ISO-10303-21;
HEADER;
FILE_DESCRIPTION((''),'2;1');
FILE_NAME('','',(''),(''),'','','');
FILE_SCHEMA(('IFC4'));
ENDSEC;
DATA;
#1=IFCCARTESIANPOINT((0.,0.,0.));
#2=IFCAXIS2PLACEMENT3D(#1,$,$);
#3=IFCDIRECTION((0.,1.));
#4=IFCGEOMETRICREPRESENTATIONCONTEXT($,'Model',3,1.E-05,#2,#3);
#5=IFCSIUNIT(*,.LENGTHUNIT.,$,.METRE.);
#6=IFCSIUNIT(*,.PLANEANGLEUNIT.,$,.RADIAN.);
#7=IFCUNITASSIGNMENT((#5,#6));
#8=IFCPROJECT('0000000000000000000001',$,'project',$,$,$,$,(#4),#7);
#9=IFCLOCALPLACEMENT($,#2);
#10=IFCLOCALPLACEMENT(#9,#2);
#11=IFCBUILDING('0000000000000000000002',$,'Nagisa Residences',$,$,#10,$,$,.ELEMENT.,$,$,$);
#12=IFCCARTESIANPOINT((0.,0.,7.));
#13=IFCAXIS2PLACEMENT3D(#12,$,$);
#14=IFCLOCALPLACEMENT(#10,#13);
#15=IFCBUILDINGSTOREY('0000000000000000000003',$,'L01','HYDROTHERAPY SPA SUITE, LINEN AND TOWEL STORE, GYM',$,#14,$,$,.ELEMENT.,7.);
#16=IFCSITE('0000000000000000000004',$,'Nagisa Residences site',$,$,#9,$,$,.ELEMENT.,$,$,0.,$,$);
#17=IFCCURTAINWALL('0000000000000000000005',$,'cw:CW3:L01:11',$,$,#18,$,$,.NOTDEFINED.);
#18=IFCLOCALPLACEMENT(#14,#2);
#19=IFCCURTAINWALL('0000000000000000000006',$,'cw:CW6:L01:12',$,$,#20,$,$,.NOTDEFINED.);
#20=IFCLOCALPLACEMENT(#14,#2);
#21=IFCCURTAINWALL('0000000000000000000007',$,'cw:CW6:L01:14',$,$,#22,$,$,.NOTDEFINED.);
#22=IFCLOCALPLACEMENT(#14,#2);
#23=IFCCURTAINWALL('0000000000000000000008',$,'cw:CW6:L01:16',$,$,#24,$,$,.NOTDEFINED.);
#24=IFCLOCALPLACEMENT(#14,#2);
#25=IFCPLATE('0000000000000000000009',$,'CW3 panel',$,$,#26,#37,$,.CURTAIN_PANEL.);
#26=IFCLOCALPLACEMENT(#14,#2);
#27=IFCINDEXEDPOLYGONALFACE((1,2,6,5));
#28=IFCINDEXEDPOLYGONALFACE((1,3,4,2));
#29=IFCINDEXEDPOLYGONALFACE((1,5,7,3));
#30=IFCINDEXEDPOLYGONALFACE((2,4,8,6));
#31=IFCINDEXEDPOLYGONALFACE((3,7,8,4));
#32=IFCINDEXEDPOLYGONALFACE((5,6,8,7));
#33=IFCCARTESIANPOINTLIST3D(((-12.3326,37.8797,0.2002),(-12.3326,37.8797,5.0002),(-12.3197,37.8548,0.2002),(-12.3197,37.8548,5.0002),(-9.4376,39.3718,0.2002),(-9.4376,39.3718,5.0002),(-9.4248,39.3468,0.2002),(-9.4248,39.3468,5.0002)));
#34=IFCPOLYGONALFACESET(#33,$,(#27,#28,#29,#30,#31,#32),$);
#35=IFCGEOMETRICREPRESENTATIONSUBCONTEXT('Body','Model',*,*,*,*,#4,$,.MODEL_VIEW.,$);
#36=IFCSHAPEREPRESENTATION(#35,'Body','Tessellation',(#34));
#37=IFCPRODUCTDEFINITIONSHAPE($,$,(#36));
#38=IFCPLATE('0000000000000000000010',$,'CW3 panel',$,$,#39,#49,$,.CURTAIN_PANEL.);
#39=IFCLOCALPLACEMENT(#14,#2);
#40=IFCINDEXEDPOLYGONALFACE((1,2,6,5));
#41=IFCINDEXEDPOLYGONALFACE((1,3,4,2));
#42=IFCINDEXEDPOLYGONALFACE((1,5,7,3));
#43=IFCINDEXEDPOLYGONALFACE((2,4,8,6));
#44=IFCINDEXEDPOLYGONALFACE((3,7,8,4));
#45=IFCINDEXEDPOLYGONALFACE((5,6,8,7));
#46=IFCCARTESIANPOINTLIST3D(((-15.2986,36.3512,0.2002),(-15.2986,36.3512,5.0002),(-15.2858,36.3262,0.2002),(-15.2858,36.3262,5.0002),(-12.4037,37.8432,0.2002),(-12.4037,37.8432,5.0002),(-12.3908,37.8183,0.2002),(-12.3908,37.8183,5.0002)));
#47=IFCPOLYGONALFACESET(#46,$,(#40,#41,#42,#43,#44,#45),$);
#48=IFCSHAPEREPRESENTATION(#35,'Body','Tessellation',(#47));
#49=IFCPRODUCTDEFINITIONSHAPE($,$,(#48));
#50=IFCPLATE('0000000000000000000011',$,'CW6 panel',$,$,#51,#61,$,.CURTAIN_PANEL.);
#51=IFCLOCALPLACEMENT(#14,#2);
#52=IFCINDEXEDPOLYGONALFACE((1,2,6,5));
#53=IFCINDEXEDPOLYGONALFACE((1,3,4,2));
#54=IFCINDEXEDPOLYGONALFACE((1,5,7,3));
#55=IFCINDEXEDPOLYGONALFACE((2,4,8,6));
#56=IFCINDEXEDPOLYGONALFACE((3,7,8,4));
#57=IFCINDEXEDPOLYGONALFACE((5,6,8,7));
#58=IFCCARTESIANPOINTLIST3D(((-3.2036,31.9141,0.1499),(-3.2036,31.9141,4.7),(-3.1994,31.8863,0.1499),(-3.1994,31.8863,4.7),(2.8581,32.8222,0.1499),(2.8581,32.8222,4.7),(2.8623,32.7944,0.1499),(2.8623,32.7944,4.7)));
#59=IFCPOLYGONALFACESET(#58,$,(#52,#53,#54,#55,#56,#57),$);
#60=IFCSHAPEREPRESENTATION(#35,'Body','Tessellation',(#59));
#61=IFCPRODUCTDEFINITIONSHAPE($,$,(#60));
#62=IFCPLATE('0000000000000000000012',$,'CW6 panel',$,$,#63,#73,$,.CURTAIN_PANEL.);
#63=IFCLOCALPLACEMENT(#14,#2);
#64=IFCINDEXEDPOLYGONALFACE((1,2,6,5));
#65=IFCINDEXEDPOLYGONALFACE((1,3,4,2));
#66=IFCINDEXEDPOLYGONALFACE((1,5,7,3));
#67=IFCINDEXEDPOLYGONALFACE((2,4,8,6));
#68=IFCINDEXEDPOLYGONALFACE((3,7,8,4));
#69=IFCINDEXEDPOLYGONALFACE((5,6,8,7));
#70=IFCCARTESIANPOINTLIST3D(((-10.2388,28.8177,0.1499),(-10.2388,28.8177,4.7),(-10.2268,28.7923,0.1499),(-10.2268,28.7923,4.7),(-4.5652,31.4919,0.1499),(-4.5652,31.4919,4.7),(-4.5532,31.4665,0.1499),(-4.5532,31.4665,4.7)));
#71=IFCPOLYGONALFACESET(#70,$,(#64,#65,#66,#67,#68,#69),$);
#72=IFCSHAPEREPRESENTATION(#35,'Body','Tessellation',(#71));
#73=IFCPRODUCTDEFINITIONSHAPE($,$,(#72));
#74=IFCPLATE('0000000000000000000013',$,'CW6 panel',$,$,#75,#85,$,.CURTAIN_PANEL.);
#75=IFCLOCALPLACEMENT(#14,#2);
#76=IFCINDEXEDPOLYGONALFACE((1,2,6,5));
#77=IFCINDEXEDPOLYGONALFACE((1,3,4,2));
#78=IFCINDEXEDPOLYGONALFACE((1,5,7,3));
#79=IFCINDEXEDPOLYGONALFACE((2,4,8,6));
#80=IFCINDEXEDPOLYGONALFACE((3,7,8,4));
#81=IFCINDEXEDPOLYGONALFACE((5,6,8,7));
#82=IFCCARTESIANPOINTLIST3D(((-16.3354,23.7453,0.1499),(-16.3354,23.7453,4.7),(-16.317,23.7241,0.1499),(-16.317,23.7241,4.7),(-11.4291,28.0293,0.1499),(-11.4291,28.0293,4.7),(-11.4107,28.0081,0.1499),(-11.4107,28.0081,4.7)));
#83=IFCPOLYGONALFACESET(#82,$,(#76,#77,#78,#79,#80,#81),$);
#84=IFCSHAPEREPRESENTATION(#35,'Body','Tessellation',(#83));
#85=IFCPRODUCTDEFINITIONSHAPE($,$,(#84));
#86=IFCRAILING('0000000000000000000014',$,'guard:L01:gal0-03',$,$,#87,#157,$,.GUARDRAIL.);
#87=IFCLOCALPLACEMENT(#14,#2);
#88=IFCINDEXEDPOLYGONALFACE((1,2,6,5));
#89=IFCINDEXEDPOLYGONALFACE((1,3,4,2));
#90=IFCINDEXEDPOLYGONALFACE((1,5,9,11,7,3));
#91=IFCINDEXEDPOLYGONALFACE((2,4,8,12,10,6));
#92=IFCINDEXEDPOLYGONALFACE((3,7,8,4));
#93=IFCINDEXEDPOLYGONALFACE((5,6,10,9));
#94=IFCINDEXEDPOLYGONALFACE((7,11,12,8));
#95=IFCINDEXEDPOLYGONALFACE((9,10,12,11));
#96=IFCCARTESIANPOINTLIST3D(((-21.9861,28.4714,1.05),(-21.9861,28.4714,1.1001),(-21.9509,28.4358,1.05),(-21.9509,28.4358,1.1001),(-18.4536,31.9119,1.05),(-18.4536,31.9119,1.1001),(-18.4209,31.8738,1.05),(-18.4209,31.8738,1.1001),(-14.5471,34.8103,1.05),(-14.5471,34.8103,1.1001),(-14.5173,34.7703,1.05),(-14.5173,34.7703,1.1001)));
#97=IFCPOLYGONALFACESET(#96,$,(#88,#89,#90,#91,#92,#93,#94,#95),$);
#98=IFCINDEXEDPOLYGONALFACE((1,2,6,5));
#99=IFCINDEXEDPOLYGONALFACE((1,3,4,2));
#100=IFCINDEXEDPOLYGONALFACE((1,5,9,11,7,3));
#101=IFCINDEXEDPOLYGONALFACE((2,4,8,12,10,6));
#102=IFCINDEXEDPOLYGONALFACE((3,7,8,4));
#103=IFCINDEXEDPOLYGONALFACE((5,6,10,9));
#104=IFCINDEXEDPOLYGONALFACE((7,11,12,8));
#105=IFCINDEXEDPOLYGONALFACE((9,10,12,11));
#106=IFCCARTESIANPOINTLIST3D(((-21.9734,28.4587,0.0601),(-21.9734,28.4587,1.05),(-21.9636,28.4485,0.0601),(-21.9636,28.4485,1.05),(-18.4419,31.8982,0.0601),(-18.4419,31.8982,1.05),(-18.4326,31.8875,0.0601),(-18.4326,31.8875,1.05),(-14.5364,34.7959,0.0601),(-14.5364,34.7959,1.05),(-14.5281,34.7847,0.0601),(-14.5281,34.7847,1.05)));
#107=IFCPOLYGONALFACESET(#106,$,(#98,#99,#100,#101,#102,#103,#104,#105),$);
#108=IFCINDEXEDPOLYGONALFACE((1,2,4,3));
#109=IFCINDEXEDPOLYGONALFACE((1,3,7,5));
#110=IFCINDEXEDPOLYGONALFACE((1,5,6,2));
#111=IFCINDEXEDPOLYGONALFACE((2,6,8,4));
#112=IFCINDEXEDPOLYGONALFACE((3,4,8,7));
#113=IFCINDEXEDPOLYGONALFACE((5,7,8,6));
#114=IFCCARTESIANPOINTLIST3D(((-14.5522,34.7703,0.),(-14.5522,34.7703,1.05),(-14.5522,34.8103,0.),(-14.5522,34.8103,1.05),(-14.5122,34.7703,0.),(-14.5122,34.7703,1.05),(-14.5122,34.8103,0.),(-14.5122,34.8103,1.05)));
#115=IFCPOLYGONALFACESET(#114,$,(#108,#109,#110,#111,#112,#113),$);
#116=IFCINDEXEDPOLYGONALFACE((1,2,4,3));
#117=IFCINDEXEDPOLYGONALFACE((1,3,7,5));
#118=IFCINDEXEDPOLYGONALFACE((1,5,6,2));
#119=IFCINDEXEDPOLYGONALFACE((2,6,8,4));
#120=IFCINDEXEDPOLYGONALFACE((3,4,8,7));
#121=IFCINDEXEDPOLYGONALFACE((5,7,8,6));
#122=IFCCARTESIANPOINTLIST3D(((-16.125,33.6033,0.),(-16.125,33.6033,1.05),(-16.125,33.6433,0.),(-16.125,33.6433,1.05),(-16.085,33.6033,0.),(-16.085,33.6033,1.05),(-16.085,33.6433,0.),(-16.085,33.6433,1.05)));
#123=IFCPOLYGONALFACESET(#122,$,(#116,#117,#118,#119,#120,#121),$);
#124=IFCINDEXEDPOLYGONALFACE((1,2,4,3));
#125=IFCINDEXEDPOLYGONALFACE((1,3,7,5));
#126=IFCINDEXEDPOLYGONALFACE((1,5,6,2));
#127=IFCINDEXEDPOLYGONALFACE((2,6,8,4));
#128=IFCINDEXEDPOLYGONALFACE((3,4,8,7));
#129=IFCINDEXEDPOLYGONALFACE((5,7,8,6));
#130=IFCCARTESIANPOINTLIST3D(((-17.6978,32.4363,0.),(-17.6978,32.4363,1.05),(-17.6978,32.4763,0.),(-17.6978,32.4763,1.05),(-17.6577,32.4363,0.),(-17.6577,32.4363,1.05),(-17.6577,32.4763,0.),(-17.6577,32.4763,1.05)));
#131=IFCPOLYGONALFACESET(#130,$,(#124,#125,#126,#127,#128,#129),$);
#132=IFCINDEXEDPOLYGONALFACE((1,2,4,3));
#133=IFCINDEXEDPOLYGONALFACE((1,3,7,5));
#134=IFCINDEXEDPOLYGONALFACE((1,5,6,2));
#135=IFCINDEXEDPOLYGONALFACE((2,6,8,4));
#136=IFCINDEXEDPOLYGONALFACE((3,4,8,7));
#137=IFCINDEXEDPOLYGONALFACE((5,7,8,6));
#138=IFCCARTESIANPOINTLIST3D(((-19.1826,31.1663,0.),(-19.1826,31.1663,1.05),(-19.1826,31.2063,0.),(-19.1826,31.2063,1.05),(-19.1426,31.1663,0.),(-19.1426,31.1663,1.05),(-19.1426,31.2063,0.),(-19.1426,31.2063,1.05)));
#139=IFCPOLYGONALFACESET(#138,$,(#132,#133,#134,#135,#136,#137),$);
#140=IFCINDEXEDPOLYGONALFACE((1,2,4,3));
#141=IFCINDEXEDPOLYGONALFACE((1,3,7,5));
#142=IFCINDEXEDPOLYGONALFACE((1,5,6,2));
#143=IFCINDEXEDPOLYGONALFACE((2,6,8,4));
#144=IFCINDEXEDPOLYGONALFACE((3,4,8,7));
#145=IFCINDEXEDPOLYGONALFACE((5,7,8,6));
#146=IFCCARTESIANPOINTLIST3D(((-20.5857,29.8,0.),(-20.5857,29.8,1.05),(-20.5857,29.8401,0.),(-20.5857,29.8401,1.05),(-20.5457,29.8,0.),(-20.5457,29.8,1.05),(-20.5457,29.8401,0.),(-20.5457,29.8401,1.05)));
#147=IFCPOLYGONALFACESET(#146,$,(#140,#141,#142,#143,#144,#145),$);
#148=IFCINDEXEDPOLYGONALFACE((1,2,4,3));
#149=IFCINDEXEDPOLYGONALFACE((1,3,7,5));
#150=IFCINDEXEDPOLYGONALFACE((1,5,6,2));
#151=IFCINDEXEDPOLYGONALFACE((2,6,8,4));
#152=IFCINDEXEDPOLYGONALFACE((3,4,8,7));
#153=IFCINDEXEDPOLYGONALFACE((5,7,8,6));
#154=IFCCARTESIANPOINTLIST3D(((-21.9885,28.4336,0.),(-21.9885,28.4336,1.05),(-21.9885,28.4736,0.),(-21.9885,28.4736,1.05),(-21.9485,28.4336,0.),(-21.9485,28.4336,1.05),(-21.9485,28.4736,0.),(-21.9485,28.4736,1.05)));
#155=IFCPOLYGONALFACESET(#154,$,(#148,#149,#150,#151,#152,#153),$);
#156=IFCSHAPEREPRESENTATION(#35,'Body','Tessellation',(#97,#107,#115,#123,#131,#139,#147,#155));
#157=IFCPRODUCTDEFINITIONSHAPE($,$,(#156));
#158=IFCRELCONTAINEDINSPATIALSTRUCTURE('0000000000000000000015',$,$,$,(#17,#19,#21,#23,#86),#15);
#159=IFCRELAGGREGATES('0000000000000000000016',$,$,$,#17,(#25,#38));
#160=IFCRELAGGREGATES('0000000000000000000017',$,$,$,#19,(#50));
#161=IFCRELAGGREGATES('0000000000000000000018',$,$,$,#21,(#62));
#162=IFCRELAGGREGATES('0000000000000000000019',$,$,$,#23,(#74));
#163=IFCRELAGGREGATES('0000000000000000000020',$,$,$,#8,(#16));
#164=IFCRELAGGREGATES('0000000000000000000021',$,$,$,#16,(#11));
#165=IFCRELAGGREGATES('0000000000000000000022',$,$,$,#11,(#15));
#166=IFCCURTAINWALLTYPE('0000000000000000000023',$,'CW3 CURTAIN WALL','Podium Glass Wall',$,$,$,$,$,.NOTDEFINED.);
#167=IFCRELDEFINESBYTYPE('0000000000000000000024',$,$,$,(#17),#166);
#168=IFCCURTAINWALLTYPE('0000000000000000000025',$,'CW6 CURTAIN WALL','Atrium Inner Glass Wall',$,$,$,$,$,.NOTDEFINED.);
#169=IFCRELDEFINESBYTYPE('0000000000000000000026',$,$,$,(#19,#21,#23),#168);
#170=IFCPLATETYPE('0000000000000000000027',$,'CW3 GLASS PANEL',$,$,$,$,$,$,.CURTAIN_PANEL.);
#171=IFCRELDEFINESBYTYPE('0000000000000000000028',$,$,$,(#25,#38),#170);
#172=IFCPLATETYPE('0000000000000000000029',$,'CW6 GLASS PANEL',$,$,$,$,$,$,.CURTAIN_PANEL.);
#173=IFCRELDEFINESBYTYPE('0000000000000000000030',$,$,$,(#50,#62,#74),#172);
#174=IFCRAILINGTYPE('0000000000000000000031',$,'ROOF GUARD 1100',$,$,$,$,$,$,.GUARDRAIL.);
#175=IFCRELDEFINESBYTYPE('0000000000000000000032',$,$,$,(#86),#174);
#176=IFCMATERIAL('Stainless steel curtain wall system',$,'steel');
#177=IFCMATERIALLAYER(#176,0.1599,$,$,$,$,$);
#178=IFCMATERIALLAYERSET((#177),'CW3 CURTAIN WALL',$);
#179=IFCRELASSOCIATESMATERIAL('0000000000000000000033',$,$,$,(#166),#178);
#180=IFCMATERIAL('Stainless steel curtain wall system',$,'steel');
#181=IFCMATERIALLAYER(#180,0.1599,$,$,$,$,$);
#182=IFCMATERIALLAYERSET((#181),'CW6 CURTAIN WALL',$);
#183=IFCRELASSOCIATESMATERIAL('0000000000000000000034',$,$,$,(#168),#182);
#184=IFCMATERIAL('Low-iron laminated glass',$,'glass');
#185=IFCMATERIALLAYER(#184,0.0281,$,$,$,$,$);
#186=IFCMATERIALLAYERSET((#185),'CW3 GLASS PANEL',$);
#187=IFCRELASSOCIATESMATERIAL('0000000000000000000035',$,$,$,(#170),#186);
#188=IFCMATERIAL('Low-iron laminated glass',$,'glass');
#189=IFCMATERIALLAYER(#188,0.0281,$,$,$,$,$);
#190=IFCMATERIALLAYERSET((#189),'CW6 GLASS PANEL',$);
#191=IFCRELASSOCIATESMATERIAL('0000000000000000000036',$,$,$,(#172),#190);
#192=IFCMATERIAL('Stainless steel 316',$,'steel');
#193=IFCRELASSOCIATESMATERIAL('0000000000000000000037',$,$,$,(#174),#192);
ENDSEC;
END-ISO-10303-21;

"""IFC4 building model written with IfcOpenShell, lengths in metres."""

from ifc_helpers import new_model, si_unit, direction, frame, origin, origin_2d, place, context, subcontext, project, spatial, polyline, rectangle, outline, extrude, material, layer, layer_set, type_object, element, aggregate, save


model = new_model("IFC4")

# Units and contexts
model_context = context("Model", 3, precision=1e-05, world=origin(), true_north=direction((0.0, 1.0)))
body_context = subcontext(model_context, "Body", "Model", "MODEL_VIEW")
ifc_project = project(units=[si_unit("LENGTHUNIT", "METRE"), si_unit("PLANEANGLEUNIT", "RADIAN")], contexts=[model_context])

# Site, building, storey
site_placement = place(None, origin())
site = spatial("IfcSite", under=ifc_project, at=site_placement, Name="Nagisa Residences site", CompositionType="ELEMENT", RefElevation=0.0)
building_placement = place(site_placement, origin())
building = spatial("IfcBuilding", under=site, at=building_placement, Name="Nagisa Residences", CompositionType="ELEMENT")
storey_placement = place(building_placement, frame((0.0, 0.0, 7.0)))
storey = spatial("IfcBuildingStorey", under=building, at=storey_placement, Name="L01", Description="HYDROTHERAPY SPA SUITE, LINEN AND TOWEL STORE, GYM", CompositionType="ELEMENT", Elevation=7.0)

# Curtain wall
ifc_material_1 = material(Name="Stainless steel curtain wall system", Category="steel")
ifc_layer_1 = layer(ifc_material_1, 0.1599)
ifc_layer_set_1 = layer_set([ifc_layer_1], Name="CW3 CURTAIN WALL")
curtain_wall_type_1 = type_object("IfcCurtainWallType", Name="CW3 CURTAIN WALL", Description="Podium Glass Wall", PredefinedType="NOTDEFINED", material=ifc_layer_set_1)
curtain_wall_1_placement = place(storey_placement, origin())
curtain_wall_1 = element("IfcCurtainWall", 1, at=curtain_wall_1_placement, inside=storey, type_object=curtain_wall_type_1, Name="cw:CW3:L01:11", PredefinedType="NOTDEFINED")

# Curtain walls
ifc_material_2 = material(Name="Stainless steel curtain wall system", Category="steel")
ifc_layer_2 = layer(ifc_material_2, 0.1599)
ifc_layer_set_2 = layer_set([ifc_layer_2], Name="CW6 CURTAIN WALL")
curtain_wall_type_2 = type_object("IfcCurtainWallType", Name="CW6 CURTAIN WALL", Description="Atrium Inner Glass Wall", PredefinedType="NOTDEFINED", material=ifc_layer_set_2)
curtain_wall_2_placement = place(storey_placement, origin())
curtain_wall_2 = element("IfcCurtainWall", 2, at=curtain_wall_2_placement, inside=storey, type_object=curtain_wall_type_2, Name="cw:CW6:L01:12", PredefinedType="NOTDEFINED")
curtain_wall_3_placement = place(storey_placement, origin())
curtain_wall_3 = element("IfcCurtainWall", 3, at=curtain_wall_3_placement, inside=storey, type_object=curtain_wall_type_2, Name="cw:CW6:L01:14", PredefinedType="NOTDEFINED")
curtain_wall_4_placement = place(storey_placement, origin())
curtain_wall_4 = element("IfcCurtainWall", 4, at=curtain_wall_4_placement, inside=storey, type_object=curtain_wall_type_2, Name="cw:CW6:L01:16", PredefinedType="NOTDEFINED")

# Plates
ifc_material_3 = material(Name="Low-iron laminated glass", Category="glass")
ifc_layer_3 = layer(ifc_material_3, 0.0281)
ifc_layer_set_3 = layer_set([ifc_layer_3], Name="CW3 GLASS PANEL")
plate_type_1 = type_object("IfcPlateType", Name="CW3 GLASS PANEL", PredefinedType="CURTAIN_PANEL", material=ifc_layer_set_3)
plate_1_placement = place(storey_placement, frame((-10.8787, 38.6133, 0.2002), z_axis=(0.0, 0.0, 1.0), x_axis=(-0.888887, -0.458126, 0.0)))
plate_1 = element("IfcPlate", 5, at=plate_1_placement, type_object=plate_type_1, Name="CW3 panel", PredefinedType="CURTAIN_PANEL", context=body_context, shape_type="SweptSolid", body=[
    extrude(rectangle(XDim=3.2568, YDim=0.0281, at=origin_2d()), origin(), (0.0, 0.0, 1.0), 4.8),
])
plate_2_placement = place(storey_placement, frame((-13.8447, 37.0847, 0.2002), z_axis=(0.0, 0.0, 1.0), x_axis=(-0.888887, -0.458126, 0.0)))
plate_2 = element("IfcPlate", 6, at=plate_2_placement, type_object=plate_type_1, Name="CW3 panel", PredefinedType="CURTAIN_PANEL", context=body_context, shape_type="SweptSolid", body=[
    extrude(rectangle(XDim=3.2568, YDim=0.0281, at=origin_2d()), origin(), (0.0, 0.0, 1.0), 4.8),
])
aggregate(curtain_wall_1, [plate_1, plate_2])
ifc_material_4 = material(Name="Low-iron laminated glass", Category="glass")
ifc_layer_4 = layer(ifc_material_4, 0.0281)
ifc_layer_set_4 = layer_set([ifc_layer_4], Name="CW6 GLASS PANEL")
plate_type_2 = type_object("IfcPlateType", Name="CW6 GLASS PANEL", PredefinedType="CURTAIN_PANEL", material=ifc_layer_set_4)
plate_3_placement = place(storey_placement, frame((-0.1707, 32.3542, 0.1499), z_axis=(0.0, 0.0, 1.0), x_axis=(-0.988964, -0.148158, 0.0)))
plate_3 = element("IfcPlate", 7, at=plate_3_placement, type_object=plate_type_2, Name="CW6 panel", PredefinedType="CURTAIN_PANEL", context=body_context, shape_type="SweptSolid", body=[
    extrude(rectangle(XDim=6.1294, YDim=0.0281, at=origin_2d()), origin(), (0.0, 0.0, 1.0), 4.55),
])
aggregate(curtain_wall_2, [plate_3])
plate_4_placement = place(storey_placement, frame((-7.396, 30.1421, 0.1499), z_axis=(0.0, 0.0, 1.0), x_axis=(-0.904554, -0.426358, 0.0)))
plate_4 = element("IfcPlate", 8, at=plate_4_placement, type_object=plate_type_2, Name="CW6 panel", PredefinedType="CURTAIN_PANEL", context=body_context, shape_type="SweptSolid", body=[
    extrude(rectangle(XDim=6.2722, YDim=0.0281, at=origin_2d()), origin(), (0.0, 0.0, 1.0), 4.55),
])
aggregate(curtain_wall_3, [plate_4])
plate_5_placement = place(storey_placement, frame((-13.873, 25.8767, 0.1499), z_axis=(0.0, 0.0, 1.0), x_axis=(-0.753261, -0.657721, 0.0)))
plate_5 = element("IfcPlate", 9, at=plate_5_placement, type_object=plate_type_2, Name="CW6 panel", PredefinedType="CURTAIN_PANEL", context=body_context, shape_type="SweptSolid", body=[
    extrude(rectangle(XDim=6.5134, YDim=0.0281, at=origin_2d()), origin(), (0.0, 0.0, 1.0), 4.55),
])
aggregate(curtain_wall_4, [plate_5])

# Railing
ifc_material_5 = material(Name="Stainless steel 316", Category="steel")
railing_type = type_object("IfcRailingType", Name="ROOF GUARD 1100", PredefinedType="GUARDRAIL", material=ifc_material_5)
railing_1_placement = place(storey_placement, frame((-14.5322, 34.7903, 0.0)))
element("IfcRailing", 10, at=railing_1_placement, inside=storey, type_object=railing_type, Name="guard:L01:gal0-03", PredefinedType="GUARDRAIL", context=body_context, shape_type="SweptSolid", body=[
    extrude(outline(polyline([(-3.8887, -2.9165), (0.0149, -0.02), (-0.0149, 0.02), (-3.9214, -2.8784), (-7.4539, -6.3188), (-7.4187, -6.3545), (-3.8887, -2.9165)])), frame((0.0, 0.0, 1.05)), (0.0, 0.0, 1.0), 0.05),
    extrude(outline(polyline([(-3.9004, -2.9028), (0.0042, -0.0056), (-0.0042, 0.0056), (-3.9097, -2.8921), (-7.4412, -6.3315), (-7.4314, -6.3418), (-3.9004, -2.9028)])), frame((0.0, 0.0, 0.0601)), (0.0, 0.0, 1.0), 0.99),
    extrude(rectangle(XDim=0.04, YDim=0.04, at=origin_2d()), origin(), (0.0, 0.0, 1.0), 1.05),
    extrude(rectangle(XDim=0.04, YDim=0.04, at=origin_2d()), frame((-1.5728, -1.167, 0.0)), (0.0, 0.0, 1.0), 1.05),
    extrude(rectangle(XDim=0.04, YDim=0.04, at=origin_2d()), frame((-3.1455, -2.334, 0.0)), (0.0, 0.0, 1.0), 1.05),
    extrude(rectangle(XDim=0.04, YDim=0.04, at=origin_2d()), frame((-4.6304, -3.604, 0.0)), (0.0, 0.0, 1.0), 1.05),
    extrude(rectangle(XDim=0.04, YDim=0.04, at=origin_2d()), frame((-6.0334, -4.9702, 0.0)), (0.0, 0.0, 1.0), 1.05),
    extrude(rectangle(XDim=0.04, YDim=0.04, at=origin_2d()), frame((-7.4363, -6.3367, 0.0)), (0.0, 0.0, 1.0), 1.05),
])

save(model, "model.ifc")
